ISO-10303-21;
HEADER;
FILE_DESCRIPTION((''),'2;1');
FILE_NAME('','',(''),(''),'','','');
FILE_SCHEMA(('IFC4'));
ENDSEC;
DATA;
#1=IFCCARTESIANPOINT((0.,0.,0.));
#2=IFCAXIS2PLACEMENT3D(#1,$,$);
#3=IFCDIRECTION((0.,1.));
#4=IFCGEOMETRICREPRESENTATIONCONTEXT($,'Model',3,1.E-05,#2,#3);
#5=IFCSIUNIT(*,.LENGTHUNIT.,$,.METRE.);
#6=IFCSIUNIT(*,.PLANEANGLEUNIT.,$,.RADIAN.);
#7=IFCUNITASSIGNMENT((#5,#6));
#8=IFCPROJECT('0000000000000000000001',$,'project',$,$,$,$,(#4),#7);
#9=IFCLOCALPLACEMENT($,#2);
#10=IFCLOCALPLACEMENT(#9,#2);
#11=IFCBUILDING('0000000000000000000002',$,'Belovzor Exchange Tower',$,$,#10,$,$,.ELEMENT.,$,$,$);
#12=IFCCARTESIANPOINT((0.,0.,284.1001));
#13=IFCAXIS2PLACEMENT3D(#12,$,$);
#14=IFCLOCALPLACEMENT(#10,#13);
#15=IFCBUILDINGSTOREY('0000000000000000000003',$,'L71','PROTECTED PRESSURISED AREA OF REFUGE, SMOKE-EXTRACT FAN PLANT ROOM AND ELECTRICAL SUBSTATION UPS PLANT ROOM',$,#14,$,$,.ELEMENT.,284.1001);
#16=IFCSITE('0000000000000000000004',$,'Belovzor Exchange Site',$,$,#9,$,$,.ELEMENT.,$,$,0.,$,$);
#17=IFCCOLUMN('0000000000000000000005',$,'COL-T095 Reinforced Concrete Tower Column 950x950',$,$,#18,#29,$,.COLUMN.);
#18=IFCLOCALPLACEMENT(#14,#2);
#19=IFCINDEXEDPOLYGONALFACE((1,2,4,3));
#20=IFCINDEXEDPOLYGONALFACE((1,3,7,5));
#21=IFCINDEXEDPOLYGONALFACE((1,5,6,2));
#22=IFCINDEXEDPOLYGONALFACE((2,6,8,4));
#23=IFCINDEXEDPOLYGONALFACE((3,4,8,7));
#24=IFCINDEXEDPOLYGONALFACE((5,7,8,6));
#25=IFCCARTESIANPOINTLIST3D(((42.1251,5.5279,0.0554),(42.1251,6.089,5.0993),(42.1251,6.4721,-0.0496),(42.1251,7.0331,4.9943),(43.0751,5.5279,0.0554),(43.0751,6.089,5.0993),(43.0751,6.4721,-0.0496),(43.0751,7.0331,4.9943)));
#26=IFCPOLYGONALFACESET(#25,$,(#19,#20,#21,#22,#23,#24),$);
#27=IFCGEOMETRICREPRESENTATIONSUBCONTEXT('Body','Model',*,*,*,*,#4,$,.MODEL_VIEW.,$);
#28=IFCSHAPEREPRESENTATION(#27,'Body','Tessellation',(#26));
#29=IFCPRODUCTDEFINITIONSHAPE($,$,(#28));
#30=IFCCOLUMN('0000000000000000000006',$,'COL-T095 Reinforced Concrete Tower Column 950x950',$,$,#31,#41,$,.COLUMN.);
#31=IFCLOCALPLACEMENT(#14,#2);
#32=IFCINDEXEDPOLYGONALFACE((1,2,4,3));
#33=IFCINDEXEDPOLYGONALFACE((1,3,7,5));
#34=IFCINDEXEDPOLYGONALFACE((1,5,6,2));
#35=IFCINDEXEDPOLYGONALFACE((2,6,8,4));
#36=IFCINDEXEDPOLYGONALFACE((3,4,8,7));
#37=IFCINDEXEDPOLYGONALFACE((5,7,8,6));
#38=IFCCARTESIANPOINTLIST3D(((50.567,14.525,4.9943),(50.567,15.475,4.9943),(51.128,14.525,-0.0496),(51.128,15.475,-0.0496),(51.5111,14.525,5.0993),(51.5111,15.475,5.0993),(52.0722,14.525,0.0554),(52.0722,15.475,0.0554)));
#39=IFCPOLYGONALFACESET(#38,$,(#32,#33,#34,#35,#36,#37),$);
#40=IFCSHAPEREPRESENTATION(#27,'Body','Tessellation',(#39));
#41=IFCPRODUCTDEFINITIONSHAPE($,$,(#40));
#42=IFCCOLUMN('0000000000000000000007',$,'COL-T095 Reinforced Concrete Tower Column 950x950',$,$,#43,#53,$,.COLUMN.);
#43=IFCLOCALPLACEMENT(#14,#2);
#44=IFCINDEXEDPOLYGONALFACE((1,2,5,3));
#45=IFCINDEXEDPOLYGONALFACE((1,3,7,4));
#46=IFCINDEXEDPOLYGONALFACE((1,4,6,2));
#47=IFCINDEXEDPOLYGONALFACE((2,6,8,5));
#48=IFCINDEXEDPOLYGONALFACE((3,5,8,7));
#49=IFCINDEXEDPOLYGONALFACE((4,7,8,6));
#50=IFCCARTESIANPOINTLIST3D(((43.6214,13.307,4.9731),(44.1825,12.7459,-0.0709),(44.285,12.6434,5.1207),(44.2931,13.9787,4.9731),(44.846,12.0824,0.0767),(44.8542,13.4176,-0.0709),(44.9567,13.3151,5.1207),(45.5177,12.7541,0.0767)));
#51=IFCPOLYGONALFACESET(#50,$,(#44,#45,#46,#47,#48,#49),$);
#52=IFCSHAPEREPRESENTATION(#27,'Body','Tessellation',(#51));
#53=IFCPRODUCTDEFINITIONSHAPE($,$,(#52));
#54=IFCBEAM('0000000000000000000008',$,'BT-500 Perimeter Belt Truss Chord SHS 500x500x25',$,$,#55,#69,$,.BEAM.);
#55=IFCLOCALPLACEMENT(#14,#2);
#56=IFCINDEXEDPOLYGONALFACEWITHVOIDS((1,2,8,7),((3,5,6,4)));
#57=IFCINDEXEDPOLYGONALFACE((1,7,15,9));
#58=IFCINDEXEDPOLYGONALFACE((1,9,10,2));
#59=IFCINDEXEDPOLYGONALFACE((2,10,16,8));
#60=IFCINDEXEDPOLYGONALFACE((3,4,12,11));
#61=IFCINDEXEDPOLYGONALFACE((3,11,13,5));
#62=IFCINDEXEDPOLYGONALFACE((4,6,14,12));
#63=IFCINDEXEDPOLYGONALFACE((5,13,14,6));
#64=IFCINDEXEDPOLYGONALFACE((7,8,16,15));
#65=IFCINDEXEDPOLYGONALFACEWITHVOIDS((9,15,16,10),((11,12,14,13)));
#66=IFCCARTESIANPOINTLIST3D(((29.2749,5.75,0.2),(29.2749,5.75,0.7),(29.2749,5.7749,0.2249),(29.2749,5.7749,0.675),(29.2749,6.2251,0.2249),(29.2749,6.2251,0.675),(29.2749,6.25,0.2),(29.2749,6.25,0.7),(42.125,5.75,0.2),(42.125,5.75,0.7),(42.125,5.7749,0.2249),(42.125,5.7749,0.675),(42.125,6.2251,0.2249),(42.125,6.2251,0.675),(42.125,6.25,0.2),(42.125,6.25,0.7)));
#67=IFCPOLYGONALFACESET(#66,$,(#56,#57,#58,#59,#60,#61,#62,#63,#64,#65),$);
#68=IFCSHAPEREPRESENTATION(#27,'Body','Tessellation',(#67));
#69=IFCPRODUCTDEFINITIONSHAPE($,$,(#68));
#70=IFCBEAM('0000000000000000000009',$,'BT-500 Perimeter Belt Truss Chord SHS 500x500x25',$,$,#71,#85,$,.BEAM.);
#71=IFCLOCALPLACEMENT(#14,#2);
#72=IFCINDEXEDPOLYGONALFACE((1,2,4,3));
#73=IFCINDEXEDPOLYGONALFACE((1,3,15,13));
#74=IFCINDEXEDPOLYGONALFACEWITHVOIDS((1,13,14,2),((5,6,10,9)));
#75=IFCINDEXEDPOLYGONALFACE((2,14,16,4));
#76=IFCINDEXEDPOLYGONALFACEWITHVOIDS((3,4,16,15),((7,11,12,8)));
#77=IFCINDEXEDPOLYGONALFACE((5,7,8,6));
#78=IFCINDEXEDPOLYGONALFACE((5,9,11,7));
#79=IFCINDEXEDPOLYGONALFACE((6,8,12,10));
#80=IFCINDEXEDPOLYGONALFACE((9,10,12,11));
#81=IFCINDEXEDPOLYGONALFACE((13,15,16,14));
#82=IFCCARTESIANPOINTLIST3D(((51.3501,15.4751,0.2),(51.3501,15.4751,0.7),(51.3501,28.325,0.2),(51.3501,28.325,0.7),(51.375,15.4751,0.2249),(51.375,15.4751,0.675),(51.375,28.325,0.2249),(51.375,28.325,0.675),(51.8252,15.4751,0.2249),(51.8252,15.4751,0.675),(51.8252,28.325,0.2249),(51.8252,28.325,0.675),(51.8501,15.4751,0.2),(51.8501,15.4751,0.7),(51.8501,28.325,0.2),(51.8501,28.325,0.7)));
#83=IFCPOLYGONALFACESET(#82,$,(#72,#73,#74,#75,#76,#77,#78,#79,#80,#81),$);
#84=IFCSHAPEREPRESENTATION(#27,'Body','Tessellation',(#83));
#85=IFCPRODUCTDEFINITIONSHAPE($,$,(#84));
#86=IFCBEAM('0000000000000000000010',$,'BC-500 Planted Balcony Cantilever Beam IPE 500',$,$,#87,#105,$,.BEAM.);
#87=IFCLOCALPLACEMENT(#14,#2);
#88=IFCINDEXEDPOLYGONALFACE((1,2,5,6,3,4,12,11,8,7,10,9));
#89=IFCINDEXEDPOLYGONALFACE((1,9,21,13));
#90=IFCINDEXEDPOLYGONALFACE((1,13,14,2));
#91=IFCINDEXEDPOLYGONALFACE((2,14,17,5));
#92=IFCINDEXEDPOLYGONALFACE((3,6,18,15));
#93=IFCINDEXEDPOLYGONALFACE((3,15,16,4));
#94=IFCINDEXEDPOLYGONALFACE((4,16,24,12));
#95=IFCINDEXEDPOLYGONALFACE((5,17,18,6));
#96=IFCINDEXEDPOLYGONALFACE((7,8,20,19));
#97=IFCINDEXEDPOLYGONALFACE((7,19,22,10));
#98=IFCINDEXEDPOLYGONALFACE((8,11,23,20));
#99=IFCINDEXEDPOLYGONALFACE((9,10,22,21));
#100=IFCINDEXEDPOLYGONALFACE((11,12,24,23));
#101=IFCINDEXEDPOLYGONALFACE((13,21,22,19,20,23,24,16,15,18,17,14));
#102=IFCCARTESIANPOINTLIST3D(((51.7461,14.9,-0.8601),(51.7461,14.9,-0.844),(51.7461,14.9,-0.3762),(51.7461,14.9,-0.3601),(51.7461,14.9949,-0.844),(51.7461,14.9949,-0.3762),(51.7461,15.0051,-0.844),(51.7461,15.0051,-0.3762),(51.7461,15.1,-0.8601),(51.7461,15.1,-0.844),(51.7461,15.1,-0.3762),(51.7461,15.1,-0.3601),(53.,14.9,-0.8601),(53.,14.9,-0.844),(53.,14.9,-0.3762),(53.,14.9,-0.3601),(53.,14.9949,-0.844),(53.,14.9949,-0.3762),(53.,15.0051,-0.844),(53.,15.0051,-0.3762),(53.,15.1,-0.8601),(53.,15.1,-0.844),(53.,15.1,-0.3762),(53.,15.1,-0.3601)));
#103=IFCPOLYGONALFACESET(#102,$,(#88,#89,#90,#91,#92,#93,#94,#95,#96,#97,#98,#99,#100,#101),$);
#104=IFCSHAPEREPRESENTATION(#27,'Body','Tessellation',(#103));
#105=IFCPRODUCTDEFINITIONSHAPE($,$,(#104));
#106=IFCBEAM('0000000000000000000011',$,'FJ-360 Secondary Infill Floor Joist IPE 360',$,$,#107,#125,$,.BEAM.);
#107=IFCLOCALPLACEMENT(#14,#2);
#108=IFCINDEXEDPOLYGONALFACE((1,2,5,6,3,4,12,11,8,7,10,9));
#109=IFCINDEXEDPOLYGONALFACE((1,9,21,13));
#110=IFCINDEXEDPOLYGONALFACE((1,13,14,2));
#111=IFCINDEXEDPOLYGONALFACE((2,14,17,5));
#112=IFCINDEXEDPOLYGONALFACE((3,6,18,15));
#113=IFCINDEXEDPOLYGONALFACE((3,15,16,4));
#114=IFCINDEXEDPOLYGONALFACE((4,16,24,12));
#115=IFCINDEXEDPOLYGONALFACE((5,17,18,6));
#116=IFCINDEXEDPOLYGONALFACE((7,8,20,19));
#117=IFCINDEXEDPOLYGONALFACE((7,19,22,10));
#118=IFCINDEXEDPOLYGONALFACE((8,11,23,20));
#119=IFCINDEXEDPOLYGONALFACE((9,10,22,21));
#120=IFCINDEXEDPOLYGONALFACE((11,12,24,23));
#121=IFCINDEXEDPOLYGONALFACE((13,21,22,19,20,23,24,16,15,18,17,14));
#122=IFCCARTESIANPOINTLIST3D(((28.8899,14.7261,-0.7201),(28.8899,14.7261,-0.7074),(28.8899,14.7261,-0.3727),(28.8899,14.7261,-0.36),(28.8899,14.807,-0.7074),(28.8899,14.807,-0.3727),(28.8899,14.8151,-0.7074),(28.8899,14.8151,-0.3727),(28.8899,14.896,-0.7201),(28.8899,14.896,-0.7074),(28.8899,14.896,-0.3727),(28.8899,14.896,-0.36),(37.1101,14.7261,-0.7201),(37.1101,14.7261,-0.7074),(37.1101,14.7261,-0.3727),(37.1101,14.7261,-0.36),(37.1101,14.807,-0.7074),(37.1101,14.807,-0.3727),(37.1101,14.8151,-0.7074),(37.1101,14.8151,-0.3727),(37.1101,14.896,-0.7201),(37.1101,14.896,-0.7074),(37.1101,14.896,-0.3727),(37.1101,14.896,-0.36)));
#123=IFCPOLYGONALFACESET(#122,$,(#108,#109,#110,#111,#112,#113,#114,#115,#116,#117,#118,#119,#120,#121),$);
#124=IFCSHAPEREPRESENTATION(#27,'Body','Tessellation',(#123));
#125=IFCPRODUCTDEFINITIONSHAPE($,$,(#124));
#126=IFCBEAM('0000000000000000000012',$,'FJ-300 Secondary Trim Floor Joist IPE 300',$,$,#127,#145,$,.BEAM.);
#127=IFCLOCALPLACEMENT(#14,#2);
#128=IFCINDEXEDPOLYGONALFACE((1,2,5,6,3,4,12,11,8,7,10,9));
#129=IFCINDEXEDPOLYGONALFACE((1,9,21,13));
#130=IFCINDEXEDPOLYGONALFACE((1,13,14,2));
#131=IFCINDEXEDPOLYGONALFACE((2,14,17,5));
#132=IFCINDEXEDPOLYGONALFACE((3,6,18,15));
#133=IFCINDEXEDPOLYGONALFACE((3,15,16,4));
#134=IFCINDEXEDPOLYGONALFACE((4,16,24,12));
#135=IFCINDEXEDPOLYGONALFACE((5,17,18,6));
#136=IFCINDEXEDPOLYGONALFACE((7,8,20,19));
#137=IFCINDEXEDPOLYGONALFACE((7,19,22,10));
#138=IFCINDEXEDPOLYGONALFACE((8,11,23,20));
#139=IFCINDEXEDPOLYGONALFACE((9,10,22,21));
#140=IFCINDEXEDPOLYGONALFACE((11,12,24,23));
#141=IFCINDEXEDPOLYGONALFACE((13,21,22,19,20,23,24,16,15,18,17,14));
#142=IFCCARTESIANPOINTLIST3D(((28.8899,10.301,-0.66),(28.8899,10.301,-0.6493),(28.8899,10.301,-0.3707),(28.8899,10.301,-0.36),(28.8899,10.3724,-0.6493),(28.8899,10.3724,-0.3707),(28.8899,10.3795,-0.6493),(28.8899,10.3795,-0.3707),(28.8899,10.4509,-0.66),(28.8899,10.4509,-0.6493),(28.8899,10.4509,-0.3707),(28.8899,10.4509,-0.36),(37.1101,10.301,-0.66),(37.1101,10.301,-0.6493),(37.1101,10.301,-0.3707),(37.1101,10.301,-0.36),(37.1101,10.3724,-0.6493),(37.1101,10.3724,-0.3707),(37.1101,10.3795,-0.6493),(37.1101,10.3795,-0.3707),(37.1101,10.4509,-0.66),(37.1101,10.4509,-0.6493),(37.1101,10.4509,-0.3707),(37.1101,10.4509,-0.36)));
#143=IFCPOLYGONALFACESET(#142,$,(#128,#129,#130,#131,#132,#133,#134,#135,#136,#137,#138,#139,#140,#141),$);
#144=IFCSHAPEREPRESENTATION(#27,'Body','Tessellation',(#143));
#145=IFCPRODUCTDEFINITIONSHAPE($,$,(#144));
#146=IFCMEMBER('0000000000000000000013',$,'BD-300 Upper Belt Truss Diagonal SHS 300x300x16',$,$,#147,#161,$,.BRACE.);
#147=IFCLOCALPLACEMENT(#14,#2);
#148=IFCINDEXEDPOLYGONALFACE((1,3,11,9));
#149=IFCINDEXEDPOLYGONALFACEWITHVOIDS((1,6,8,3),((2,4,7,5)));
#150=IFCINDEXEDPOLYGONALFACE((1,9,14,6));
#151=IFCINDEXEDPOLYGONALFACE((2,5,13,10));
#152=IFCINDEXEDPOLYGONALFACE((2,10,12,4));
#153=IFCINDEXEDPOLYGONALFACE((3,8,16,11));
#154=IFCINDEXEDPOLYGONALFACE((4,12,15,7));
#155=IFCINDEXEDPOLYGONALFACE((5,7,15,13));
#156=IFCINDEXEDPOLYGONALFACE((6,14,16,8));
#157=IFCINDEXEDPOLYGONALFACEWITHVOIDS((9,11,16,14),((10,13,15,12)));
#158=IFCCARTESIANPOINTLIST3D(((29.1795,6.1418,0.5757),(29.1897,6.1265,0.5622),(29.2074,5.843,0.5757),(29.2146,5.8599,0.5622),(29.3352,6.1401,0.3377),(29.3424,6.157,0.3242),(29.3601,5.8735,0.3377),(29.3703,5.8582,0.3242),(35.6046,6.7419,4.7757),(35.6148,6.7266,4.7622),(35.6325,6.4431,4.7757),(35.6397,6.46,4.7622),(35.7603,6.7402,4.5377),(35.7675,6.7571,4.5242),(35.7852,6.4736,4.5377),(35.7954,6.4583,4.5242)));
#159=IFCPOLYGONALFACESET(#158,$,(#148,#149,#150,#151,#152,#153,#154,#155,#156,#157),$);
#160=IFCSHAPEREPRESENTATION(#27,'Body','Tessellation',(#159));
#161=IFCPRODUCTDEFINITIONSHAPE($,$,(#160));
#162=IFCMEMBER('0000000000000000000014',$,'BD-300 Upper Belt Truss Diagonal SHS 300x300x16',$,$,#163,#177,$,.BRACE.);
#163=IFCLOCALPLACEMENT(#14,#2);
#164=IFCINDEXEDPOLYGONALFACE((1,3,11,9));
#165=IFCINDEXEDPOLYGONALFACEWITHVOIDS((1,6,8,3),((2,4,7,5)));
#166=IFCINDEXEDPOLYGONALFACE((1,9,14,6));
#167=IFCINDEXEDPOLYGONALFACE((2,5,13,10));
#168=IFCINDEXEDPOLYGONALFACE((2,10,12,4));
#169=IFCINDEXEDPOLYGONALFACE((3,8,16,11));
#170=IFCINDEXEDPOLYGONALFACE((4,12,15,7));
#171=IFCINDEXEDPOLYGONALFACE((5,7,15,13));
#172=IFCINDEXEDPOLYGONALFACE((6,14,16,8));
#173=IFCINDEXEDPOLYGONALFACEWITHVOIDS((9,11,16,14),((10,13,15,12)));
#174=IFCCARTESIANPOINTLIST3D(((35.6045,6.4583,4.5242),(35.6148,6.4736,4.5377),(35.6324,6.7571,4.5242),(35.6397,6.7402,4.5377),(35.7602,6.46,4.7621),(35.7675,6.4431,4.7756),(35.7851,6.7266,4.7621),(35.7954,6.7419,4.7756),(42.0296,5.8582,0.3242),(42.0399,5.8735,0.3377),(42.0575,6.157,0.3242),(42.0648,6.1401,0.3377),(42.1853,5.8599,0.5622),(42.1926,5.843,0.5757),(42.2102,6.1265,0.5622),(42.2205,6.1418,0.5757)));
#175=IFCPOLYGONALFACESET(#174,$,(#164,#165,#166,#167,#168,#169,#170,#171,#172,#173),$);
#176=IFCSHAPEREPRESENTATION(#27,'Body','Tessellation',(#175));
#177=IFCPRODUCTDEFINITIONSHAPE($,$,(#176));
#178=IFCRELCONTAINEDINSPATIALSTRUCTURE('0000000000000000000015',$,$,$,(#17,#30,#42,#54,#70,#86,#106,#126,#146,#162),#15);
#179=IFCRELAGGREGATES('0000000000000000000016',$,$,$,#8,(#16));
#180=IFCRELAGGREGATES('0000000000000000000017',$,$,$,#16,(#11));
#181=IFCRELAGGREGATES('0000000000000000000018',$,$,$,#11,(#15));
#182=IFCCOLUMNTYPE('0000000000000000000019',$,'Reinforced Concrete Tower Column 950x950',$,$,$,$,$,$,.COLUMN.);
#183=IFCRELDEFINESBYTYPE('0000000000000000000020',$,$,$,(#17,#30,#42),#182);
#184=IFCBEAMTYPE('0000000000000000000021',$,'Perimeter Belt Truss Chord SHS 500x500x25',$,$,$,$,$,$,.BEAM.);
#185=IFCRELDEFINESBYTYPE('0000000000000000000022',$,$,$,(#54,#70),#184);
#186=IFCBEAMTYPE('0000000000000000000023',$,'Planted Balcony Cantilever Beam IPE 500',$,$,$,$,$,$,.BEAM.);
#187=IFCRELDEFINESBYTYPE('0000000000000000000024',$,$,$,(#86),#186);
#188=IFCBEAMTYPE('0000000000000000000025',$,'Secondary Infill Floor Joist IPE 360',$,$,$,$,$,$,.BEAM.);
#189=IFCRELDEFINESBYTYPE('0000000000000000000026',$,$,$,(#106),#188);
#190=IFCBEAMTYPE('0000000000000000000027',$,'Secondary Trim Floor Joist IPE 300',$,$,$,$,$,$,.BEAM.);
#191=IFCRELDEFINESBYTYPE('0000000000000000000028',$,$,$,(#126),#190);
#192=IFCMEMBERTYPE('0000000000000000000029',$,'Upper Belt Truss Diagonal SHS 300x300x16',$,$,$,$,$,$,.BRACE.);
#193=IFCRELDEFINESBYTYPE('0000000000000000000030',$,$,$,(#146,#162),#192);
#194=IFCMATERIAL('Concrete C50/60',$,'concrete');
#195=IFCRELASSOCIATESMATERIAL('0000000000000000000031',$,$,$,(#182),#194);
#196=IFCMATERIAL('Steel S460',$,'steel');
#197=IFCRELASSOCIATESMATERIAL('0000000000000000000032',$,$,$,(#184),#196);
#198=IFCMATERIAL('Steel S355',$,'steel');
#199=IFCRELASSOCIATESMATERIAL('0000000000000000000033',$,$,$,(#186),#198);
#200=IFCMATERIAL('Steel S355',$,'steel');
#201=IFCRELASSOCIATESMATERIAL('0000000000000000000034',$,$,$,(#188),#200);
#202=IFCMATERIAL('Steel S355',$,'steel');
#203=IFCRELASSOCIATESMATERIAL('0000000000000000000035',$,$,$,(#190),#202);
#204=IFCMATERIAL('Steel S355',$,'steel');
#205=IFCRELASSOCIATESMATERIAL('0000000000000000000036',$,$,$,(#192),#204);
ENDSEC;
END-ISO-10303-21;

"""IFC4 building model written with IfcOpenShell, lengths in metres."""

from ifc_helpers import new_model, si_unit, direction, frame, origin, origin_2d, place, context, subcontext, project, spatial, rectangle, hollow_rectangle, i_section, extrude, material, material_profile, profile_set, type_object, element, save


model = new_model("IFC4")

# Units and contexts
model_context = context("Model", 3, precision=1e-05, world=origin(), true_north=direction((0.0, 1.0)))
body_context = subcontext(model_context, "Body", "Model", "MODEL_VIEW")
ifc_project = project(units=[si_unit("LENGTHUNIT", "METRE"), si_unit("PLANEANGLEUNIT", "RADIAN")], contexts=[model_context])

# Site, building, storey
site_placement = place(None, origin())
site = spatial("IfcSite", under=ifc_project, at=site_placement, Name="Belovzor Exchange Site", CompositionType="ELEMENT", RefElevation=0.0)
building_placement = place(site_placement, origin())
building = spatial("IfcBuilding", under=site, at=building_placement, Name="Belovzor Exchange Tower", CompositionType="ELEMENT")
storey_placement = place(building_placement, frame((0.0, 0.0, 284.1001)))
storey = spatial("IfcBuildingStorey", under=building, at=storey_placement, Name="L71", Description="PROTECTED PRESSURISED AREA OF REFUGE, SMOKE-EXTRACT FAN PLANT ROOM AND ELECTRICAL SUBSTATION UPS PLANT ROOM", CompositionType="ELEMENT", Elevation=284.1001)

# Columns
ifc_material_1 = material(Name="Concrete C50/60", Category="concrete")
ifc_material_profile_1 = material_profile(ifc_material_1, rectangle(XDim=0.95, YDim=0.95, at=origin_2d()))
ifc_profile_set_1 = profile_set([ifc_material_profile_1], Name="Concrete C50/60")
column_type = type_object("IfcColumnType", Name="Reinforced Concrete Tower Column 950x950", PredefinedType="COLUMN", material=ifc_profile_set_1)
for number, where, z_axis, x_axis, name in (
    (1, (42.6001, 6.0, 0.0029), (0.0, 0.110548, 0.993871), (-1.0, 0.0, 0.0), "COL-T095 Reinforced Concrete Tower Column 950x950"),
    (2, (51.6001, 15.0, 0.0029), (-0.110548, 0.0, 0.993871), (0.0, -1.0, 0.0), "COL-T095 Reinforced Concrete Tower Column 950x950"),
):
    element("IfcColumn", number, at=place(storey_placement, frame(where, z_axis=z_axis, x_axis=x_axis)), inside=storey, type_object=column_type, Name=name, PredefinedType="COLUMN", context=body_context, shape_type="SweptSolid", body=[
        extrude(rectangle(XDim=0.95, YDim=0.95, at=origin_2d()), origin(), (0.0, 0.0, 1.0), 5.075),
    ])
column_placement = place(storey_placement, frame((44.8501, 12.75, 0.0029), z_axis=(-0.109878, 0.109878, 0.987853), x_axis=(-0.707107, -0.707107, 0.0)))
element("IfcColumn", 3, at=column_placement, inside=storey, type_object=column_type, Name="COL-T095 Reinforced Concrete Tower Column 950x950", PredefinedType="COLUMN", context=body_context, shape_type="SweptSolid", body=[
    extrude(rectangle(XDim=0.95, YDim=0.95, at=origin_2d()), origin(), (0.0, 0.0, 1.0), 5.106),
])

# Beams
ifc_material_2 = material(Name="Steel S460", Category="steel")
ifc_material_profile_2 = material_profile(ifc_material_2, hollow_rectangle(XDim=0.5, YDim=0.5, WallThickness=0.0249, at=origin_2d()))
ifc_profile_set_2 = profile_set([ifc_material_profile_2], Name="Steel S460")
beam_type_1 = type_object("IfcBeamType", Name="Perimeter Belt Truss Chord SHS 500x500x25", PredefinedType="BEAM", material=ifc_profile_set_2)
beam_1_placement = place(storey_placement, frame((29.2749, 6.0, 0.45), z_axis=(1.0, 0.0, 0.0), x_axis=(0.0, 1.0, 0.0)))
element("IfcBeam", 4, at=beam_1_placement, inside=storey, type_object=beam_type_1, Name="BT-500 Perimeter Belt Truss Chord SHS 500x500x25", PredefinedType="BEAM", context=body_context, shape_type="SweptSolid", body=[
    extrude(hollow_rectangle(XDim=0.5, YDim=0.5, WallThickness=0.0249, at=origin_2d()), origin(), (0.0, 0.0, 1.0), 12.8501),
])
beam_2_placement = place(storey_placement, frame((51.6001, 15.4751, 0.45), z_axis=(0.0, 1.0, 0.0), x_axis=(-1.0, 0.0, 0.0)))
element("IfcBeam", 5, at=beam_2_placement, inside=storey, type_object=beam_type_1, Name="BT-500 Perimeter Belt Truss Chord SHS 500x500x25", PredefinedType="BEAM", context=body_context, shape_type="SweptSolid", body=[
    extrude(hollow_rectangle(XDim=0.5, YDim=0.5, WallThickness=0.0249, at=origin_2d()), origin(), (0.0, 0.0, 1.0), 12.8499),
])
ifc_material_3 = material(Name="Steel S355", Category="steel")
ifc_material_profile_3 = material_profile(ifc_material_3, i_section(OverallWidth=0.2, OverallDepth=0.5, WebThickness=0.0103, FlangeThickness=0.0161, at=origin_2d()))
ifc_profile_set_3 = profile_set([ifc_material_profile_3], Name="Steel S355")
beam_type_2 = type_object("IfcBeamType", Name="Planted Balcony Cantilever Beam IPE 500", PredefinedType="BEAM", material=ifc_profile_set_3)
beam_3_placement = place(storey_placement, frame((51.7461, 15.0, -0.6101), z_axis=(1.0, 0.0, 0.0), x_axis=(0.0, 1.0, 0.0)))
element("IfcBeam", 6, at=beam_3_placement, inside=storey, type_object=beam_type_2, Name="BC-500 Planted Balcony Cantilever Beam IPE 500", PredefinedType="BEAM", context=body_context, shape_type="SweptSolid", body=[
    extrude(i_section(OverallWidth=0.2, OverallDepth=0.5, WebThickness=0.0103, FlangeThickness=0.0161, at=origin_2d()), origin(), (0.0, 0.0, 1.0), 1.2539),
])
ifc_material_4 = material(Name="Steel S355", Category="steel")
ifc_material_profile_4 = material_profile(ifc_material_4, i_section(OverallWidth=0.1699, OverallDepth=0.3601, WebThickness=0.0081, FlangeThickness=0.0127, at=origin_2d()))
ifc_profile_set_4 = profile_set([ifc_material_profile_4], Name="Steel S355")
beam_type_3 = type_object("IfcBeamType", Name="Secondary Infill Floor Joist IPE 360", PredefinedType="BEAM", material=ifc_profile_set_4)
beam_4_placement = place(storey_placement, frame((28.8899, 14.811, -0.54), z_axis=(1.0, 0.0, 0.0), x_axis=(0.0, 1.0, 0.0)))
element("IfcBeam", 7, at=beam_4_placement, inside=storey, type_object=beam_type_3, Name="FJ-360 Secondary Infill Floor Joist IPE 360", PredefinedType="BEAM", context=body_context, shape_type="SweptSolid", body=[
    extrude(i_section(OverallWidth=0.1699, OverallDepth=0.3601, WebThickness=0.0081, FlangeThickness=0.0127, at=origin_2d()), origin(), (0.0, 0.0, 1.0), 8.2202),
])
ifc_material_5 = material(Name="Steel S355", Category="steel")
ifc_material_profile_5 = material_profile(ifc_material_5, i_section(OverallWidth=0.1499, OverallDepth=0.3, WebThickness=0.0071, FlangeThickness=0.0107, at=origin_2d()))
ifc_profile_set_5 = profile_set([ifc_material_profile_5], Name="Steel S355")
beam_type_4 = type_object("IfcBeamType", Name="Secondary Trim Floor Joist IPE 300", PredefinedType="BEAM", material=ifc_profile_set_5)
beam_5_placement = place(storey_placement, frame((28.8899, 10.376, -0.51), z_axis=(1.0, 0.0, 0.0), x_axis=(0.0, 1.0, 0.0)))
element("IfcBeam", 8, at=beam_5_placement, inside=storey, type_object=beam_type_4, Name="FJ-300 Secondary Trim Floor Joist IPE 300", PredefinedType="BEAM", context=body_context, shape_type="SweptSolid", body=[
    extrude(i_section(OverallWidth=0.1499, OverallDepth=0.3, WebThickness=0.0071, FlangeThickness=0.0107, at=origin_2d()), origin(), (0.0, 0.0, 1.0), 8.2202),
])

# Members
ifc_material_6 = material(Name="Steel S355", Category="steel")
ifc_material_profile_6 = material_profile(ifc_material_6, hollow_rectangle(XDim=0.3, YDim=0.3, WallThickness=0.0161, at=origin_2d()))
ifc_profile_set_6 = profile_set([ifc_material_profile_6], Name="Steel S355")
member_type_1 = type_object("IfcMemberType", Name="Upper Belt Truss Diagonal SHS 300x300x16", PredefinedType="BRACE", material=ifc_profile_set_6)
for number, where, z_axis, x_axis, name in (
    (9, (29.2749, 6.0, 0.45), (0.834486, 0.077941, 0.54549), (-0.092995, 0.995667, 0.0), "BD-300 Upper Belt Truss Diagonal SHS 300x300x16"),
    (10, (35.7, 6.6001, 4.6499), (0.834486, -0.077941, -0.54549), (0.092995, 0.995667, 0.0), "BD-300 Upper Belt Truss Diagonal SHS 300x300x16"),
):
    element("IfcMember", number, at=place(storey_placement, frame(where, z_axis=z_axis, x_axis=x_axis)), inside=storey, type_object=member_type_1, Name=name, PredefinedType="BRACE", context=body_context, shape_type="SweptSolid", body=[
        extrude(hollow_rectangle(XDim=0.3, YDim=0.3, WallThickness=0.0161, at=origin_2d()), origin(), (0.0, 0.0, 1.0), 7.6995),
    ])

save(model, "model.ifc")
